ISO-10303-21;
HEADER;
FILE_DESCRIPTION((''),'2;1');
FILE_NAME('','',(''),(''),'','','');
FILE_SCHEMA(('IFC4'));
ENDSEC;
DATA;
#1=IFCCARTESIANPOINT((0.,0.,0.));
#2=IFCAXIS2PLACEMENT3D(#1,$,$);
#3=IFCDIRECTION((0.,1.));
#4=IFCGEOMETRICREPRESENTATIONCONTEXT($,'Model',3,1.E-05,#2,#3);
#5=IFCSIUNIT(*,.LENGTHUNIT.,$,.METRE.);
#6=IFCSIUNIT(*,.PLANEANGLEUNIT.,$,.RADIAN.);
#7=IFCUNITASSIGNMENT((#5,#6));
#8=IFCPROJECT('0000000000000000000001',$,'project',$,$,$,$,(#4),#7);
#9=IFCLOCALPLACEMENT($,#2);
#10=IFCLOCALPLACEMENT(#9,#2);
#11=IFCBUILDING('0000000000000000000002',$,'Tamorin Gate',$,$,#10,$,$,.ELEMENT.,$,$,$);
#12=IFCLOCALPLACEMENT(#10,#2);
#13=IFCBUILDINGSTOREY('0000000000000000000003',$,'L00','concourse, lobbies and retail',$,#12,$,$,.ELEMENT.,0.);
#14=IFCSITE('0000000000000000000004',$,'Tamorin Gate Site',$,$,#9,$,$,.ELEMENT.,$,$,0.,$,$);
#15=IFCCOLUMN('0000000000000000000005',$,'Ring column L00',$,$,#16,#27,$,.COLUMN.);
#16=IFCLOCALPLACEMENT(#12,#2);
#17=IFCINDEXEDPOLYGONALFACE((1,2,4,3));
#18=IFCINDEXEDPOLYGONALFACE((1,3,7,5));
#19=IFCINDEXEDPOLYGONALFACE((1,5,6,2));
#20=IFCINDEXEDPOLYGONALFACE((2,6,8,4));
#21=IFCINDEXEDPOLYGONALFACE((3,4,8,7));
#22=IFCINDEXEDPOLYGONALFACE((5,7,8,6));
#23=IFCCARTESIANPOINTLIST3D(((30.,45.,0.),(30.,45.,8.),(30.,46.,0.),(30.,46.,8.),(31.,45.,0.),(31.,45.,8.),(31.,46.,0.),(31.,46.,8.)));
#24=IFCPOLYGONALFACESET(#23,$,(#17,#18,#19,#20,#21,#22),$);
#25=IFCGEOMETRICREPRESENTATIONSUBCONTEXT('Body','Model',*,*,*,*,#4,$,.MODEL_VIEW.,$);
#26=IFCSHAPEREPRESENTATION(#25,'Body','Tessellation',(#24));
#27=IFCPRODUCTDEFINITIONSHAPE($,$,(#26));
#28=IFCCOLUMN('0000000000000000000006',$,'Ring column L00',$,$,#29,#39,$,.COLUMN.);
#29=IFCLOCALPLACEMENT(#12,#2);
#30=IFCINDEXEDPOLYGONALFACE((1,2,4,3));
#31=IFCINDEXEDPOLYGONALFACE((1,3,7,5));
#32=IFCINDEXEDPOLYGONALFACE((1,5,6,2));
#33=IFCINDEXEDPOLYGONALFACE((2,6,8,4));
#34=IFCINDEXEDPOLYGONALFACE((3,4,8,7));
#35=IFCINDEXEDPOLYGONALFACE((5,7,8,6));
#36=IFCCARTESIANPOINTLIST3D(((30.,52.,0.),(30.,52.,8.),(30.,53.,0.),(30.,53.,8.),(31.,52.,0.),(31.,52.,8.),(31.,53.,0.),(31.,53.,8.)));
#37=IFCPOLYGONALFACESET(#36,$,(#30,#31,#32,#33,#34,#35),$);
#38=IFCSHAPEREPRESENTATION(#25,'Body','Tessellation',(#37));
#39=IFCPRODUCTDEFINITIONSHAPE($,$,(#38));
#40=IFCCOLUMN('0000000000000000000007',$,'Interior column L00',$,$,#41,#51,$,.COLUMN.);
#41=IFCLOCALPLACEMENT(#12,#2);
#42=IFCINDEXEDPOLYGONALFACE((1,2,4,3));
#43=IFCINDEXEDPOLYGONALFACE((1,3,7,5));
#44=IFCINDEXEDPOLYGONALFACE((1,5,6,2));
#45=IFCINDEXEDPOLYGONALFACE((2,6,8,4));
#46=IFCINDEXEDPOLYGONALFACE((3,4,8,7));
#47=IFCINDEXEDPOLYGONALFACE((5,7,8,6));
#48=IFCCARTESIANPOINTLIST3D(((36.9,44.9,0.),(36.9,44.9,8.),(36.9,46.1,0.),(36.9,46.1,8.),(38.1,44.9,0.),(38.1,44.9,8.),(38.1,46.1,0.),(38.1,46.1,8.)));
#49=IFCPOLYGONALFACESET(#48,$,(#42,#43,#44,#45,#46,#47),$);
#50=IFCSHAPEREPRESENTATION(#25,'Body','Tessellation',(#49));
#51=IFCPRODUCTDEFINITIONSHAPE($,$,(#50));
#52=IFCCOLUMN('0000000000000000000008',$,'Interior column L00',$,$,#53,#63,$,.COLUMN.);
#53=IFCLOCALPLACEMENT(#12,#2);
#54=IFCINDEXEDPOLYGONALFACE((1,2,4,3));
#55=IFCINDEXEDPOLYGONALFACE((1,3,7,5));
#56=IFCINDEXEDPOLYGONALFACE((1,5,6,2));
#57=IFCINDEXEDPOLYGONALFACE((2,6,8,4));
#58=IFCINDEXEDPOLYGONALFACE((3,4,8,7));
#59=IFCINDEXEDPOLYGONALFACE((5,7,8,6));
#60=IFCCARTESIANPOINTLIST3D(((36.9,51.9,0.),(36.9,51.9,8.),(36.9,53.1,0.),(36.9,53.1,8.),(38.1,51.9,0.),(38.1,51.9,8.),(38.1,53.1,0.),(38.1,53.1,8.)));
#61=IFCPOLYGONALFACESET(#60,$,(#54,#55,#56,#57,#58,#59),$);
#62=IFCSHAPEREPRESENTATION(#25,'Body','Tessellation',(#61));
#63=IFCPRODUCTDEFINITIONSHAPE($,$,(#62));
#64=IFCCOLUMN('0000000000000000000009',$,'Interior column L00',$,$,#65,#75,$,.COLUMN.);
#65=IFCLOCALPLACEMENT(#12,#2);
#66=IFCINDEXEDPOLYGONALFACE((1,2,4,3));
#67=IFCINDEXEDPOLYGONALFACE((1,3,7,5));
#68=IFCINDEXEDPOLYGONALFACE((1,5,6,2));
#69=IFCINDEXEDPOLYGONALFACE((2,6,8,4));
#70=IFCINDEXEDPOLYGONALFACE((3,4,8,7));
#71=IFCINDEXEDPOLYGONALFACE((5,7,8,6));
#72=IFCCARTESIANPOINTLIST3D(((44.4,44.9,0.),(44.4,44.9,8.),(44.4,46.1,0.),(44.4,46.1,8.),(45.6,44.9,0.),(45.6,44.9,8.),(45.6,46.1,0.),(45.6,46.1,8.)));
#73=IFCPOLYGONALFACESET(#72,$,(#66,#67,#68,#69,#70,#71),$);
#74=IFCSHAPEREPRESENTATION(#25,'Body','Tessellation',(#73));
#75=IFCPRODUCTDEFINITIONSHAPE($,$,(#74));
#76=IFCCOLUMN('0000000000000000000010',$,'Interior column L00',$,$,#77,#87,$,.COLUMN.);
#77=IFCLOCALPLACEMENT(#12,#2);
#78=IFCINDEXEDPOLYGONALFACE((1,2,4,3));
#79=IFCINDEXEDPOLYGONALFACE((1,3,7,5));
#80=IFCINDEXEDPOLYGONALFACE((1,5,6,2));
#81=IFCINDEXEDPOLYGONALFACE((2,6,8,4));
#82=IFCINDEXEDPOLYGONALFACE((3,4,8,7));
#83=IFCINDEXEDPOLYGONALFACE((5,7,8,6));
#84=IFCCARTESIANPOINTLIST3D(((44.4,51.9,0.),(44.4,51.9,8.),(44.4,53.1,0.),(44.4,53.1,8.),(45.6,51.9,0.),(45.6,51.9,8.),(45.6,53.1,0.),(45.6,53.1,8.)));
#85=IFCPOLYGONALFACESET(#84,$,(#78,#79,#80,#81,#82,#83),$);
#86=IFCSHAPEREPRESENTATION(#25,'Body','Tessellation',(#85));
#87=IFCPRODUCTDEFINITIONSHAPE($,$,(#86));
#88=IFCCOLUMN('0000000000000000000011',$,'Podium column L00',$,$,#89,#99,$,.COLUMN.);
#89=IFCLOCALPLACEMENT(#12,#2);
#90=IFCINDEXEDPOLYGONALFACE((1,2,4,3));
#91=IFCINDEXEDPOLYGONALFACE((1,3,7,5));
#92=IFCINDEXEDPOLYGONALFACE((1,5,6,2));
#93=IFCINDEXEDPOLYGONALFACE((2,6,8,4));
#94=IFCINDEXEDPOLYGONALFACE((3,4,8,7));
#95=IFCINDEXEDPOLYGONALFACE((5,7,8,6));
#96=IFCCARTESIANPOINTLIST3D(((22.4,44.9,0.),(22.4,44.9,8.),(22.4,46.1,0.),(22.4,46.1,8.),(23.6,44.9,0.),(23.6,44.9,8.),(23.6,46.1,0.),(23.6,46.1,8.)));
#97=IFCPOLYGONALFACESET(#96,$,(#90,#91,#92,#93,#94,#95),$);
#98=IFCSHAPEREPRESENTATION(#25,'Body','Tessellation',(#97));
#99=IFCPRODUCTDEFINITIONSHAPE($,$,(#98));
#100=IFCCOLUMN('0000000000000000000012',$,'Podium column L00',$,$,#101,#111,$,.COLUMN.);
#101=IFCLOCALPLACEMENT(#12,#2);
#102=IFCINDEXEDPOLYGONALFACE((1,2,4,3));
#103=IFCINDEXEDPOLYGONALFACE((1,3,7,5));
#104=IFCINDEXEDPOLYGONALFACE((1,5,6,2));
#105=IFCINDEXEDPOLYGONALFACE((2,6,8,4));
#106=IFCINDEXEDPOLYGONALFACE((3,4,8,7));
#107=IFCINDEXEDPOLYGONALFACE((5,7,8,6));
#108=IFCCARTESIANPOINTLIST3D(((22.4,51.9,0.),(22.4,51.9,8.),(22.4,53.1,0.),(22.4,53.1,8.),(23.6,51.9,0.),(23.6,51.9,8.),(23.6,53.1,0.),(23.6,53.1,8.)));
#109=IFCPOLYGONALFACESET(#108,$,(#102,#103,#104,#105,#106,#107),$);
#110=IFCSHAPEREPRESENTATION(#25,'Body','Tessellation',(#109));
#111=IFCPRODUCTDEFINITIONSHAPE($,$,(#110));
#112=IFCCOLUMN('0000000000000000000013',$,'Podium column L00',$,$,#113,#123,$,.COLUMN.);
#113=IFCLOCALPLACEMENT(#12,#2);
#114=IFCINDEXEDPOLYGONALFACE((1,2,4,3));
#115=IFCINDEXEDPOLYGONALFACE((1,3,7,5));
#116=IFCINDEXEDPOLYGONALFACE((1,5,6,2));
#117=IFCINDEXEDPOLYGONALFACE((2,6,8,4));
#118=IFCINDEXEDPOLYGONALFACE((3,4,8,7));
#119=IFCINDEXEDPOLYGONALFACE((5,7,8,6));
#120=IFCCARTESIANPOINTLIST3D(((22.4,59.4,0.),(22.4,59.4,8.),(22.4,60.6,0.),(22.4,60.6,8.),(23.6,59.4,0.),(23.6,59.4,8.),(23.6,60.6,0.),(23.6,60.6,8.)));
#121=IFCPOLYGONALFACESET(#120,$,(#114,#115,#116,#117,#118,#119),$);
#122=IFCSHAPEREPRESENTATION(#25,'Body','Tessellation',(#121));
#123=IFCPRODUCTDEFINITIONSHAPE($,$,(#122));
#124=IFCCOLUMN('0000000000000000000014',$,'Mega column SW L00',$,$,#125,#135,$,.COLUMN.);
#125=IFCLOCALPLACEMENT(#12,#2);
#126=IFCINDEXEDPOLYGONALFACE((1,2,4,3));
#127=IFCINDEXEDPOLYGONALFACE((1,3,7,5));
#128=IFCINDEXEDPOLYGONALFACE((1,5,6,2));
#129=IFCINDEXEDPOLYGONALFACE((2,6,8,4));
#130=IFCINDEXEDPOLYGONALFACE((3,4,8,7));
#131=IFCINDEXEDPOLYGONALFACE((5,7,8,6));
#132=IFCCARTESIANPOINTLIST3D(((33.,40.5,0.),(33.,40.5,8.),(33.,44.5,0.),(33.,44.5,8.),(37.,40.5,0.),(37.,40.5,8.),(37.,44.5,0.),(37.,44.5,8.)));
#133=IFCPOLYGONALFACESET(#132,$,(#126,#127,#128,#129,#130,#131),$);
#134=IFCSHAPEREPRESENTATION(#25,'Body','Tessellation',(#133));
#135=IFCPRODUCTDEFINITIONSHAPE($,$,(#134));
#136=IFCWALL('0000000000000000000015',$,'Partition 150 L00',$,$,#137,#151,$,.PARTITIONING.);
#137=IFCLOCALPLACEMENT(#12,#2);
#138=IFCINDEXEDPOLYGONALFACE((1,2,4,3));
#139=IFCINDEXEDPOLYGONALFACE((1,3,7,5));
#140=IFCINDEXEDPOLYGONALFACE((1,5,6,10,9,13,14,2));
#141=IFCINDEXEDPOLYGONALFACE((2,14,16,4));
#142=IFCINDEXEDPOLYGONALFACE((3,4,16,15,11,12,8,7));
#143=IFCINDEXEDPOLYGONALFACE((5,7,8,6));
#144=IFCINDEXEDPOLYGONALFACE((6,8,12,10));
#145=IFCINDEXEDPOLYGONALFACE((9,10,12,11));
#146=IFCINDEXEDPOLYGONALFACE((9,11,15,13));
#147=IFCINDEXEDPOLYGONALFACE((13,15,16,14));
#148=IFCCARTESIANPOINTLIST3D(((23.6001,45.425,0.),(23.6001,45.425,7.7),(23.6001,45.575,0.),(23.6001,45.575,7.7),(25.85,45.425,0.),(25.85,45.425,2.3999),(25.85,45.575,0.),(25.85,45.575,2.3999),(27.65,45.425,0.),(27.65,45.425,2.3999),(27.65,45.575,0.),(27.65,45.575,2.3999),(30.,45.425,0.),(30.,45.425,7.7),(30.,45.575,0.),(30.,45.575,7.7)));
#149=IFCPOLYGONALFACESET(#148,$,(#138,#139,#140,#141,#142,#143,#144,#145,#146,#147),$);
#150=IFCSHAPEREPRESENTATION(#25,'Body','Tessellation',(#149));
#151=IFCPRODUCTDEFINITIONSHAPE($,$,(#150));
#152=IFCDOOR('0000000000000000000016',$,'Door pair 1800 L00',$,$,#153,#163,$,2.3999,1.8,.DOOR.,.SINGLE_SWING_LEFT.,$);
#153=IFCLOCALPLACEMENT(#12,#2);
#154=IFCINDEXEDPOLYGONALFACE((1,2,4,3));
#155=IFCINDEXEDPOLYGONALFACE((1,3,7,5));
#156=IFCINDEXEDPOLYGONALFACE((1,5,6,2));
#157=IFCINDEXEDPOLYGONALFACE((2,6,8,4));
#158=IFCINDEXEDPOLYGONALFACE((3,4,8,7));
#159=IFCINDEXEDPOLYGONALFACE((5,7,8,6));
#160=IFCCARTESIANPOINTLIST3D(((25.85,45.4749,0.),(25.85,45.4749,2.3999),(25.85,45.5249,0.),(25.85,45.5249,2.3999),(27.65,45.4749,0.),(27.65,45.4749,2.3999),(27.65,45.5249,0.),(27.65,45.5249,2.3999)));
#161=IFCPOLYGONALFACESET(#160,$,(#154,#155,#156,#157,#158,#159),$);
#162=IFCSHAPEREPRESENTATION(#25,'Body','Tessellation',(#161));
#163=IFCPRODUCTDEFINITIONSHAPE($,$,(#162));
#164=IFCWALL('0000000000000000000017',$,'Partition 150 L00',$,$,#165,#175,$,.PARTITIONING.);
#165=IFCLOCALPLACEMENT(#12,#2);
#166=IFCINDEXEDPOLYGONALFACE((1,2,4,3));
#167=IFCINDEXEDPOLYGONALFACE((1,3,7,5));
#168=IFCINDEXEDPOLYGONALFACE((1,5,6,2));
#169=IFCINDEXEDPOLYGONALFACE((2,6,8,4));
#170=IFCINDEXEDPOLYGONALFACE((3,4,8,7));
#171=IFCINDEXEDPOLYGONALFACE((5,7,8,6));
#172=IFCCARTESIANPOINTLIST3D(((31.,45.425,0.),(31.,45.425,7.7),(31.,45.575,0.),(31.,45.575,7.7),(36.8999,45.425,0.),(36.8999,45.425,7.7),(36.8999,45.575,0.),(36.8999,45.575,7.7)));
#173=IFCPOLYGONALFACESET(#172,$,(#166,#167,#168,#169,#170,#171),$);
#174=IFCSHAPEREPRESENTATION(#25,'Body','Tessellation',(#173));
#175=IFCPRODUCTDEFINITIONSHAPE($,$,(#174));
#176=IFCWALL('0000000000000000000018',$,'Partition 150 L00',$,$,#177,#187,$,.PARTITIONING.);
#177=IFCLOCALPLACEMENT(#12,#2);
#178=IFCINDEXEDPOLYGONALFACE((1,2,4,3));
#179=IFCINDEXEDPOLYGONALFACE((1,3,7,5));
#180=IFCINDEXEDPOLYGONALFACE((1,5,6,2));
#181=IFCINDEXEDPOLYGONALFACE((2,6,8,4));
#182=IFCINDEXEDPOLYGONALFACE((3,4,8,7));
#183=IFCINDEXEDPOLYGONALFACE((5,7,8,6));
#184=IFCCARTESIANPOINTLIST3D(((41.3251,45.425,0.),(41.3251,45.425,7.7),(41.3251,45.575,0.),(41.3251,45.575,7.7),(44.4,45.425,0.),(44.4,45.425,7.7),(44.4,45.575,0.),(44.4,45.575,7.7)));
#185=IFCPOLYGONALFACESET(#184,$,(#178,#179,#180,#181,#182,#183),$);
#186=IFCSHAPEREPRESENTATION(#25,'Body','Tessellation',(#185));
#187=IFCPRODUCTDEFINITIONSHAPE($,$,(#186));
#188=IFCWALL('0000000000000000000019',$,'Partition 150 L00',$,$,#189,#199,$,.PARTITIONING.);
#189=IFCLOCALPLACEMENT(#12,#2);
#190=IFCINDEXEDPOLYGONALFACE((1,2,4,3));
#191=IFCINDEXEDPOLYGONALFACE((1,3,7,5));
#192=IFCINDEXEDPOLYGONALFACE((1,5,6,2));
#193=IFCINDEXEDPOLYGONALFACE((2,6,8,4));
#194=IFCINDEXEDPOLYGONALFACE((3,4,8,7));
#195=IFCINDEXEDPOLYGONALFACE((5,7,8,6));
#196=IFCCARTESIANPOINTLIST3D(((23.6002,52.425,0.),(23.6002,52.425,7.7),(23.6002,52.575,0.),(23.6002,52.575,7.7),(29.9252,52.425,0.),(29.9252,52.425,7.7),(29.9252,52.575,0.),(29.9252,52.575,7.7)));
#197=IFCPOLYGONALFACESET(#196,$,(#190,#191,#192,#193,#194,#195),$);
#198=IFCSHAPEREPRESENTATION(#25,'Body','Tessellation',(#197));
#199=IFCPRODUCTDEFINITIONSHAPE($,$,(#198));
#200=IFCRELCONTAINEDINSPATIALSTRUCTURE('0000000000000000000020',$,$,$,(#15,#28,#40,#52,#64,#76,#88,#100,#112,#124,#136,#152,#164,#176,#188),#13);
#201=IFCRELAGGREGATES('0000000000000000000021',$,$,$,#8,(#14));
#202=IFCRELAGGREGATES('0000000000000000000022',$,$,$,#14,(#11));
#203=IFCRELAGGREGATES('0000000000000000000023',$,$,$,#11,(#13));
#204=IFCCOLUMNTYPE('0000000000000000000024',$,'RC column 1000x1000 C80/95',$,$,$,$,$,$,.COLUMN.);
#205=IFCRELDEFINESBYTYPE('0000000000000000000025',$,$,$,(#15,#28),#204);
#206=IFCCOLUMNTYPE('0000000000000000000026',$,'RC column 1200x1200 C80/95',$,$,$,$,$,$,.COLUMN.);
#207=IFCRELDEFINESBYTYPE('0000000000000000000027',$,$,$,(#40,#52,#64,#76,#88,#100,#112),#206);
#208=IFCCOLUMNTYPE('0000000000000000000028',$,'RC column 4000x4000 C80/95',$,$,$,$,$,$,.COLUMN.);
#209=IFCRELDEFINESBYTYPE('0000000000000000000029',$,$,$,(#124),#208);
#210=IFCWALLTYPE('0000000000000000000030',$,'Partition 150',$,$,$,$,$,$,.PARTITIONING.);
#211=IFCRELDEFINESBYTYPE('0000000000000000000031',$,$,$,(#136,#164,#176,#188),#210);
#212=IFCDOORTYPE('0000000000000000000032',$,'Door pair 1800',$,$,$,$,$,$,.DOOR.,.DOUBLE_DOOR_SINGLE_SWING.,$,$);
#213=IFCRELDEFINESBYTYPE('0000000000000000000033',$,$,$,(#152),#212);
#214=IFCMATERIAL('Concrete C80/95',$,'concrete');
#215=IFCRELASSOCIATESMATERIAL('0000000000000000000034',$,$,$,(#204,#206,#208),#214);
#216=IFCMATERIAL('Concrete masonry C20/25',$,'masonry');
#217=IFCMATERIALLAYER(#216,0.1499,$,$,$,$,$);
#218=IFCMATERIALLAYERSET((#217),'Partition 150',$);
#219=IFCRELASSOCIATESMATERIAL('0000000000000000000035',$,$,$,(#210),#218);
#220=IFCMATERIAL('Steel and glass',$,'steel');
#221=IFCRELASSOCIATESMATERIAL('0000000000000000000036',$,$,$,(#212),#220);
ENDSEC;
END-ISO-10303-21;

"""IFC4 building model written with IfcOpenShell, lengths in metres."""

from ifc_helpers import new_model, si_unit, direction, frame, frame_2d, origin, origin_2d, place, context, subcontext, project, spatial, rectangle, extrude, material, layer, layer_set, material_profile, profile_set, type_object, element, fill, save


model = new_model("IFC4")

# Units and contexts
model_context = context("Model", 3, precision=1e-05, world=origin(), true_north=direction((0.0, 1.0)))
body_context = subcontext(model_context, "Body", "Model", "MODEL_VIEW")
ifc_project = project(units=[si_unit("LENGTHUNIT", "METRE"), si_unit("PLANEANGLEUNIT", "RADIAN")], contexts=[model_context])

# Site, building, storey
site_placement = place(None, origin())
site = spatial("IfcSite", under=ifc_project, at=site_placement, Name="Tamorin Gate Site", CompositionType="ELEMENT", RefElevation=0.0)
building_placement = place(site_placement, origin())
building = spatial("IfcBuilding", under=site, at=building_placement, Name="Tamorin Gate", CompositionType="ELEMENT")
storey_placement = place(building_placement, origin())
storey = spatial("IfcBuildingStorey", under=building, at=storey_placement, Name="L00", Description="concourse, lobbies and retail", CompositionType="ELEMENT", Elevation=0.0)

# Columns
ifc_material_1 = material(Name="Concrete C80/95", Category="concrete")
ifc_material_profile_1 = material_profile(ifc_material_1, rectangle(XDim=1.0, YDim=1.0, at=origin_2d()), Name="RC 1000x1000")
ifc_profile_set_1 = profile_set([ifc_material_profile_1], Name="Concrete C80/95")
column_type_1 = type_object("IfcColumnType", Name="RC column 1000x1000 C80/95", PredefinedType="COLUMN", material=ifc_profile_set_1)
for number, where, z_axis, x_axis, name in (
    (1, (30.5, 45.5, 0.0), (0.0, 0.0, 1.0), (1.0, 0.0, 0.0), "Ring column L00"),
    (2, (30.5, 52.5, 0.0), (0.0, 0.0, 1.0), (1.0, 0.0, 0.0), "Ring column L00"),
):
    element("IfcColumn", number, at=place(storey_placement, frame(where, z_axis=z_axis, x_axis=x_axis)), inside=storey, type_object=column_type_1, Name=name, PredefinedType="COLUMN", context=body_context, shape_type="SweptSolid", body=[
        extrude(rectangle(XDim=1.0, YDim=1.0, at=origin_2d()), origin(), (0.0, 0.0, 1.0), 8.0),
    ])
ifc_material_profile_2 = material_profile(ifc_material_1, rectangle(XDim=1.2, YDim=1.2, at=origin_2d()), Name="RC 1200x1200")
ifc_profile_set_2 = profile_set([ifc_material_profile_2], Name="Concrete C80/95")
column_type_2 = type_object("IfcColumnType", Name="RC column 1200x1200 C80/95", PredefinedType="COLUMN", material=ifc_profile_set_2)
for number, where, z_axis, x_axis, name in (
    (3, (37.5, 45.5, 0.0), (0.0, 0.0, 1.0), (1.0, 0.0, 0.0), "Interior column L00"),
    (4, (37.5, 52.5, 0.0), (0.0, 0.0, 1.0), (1.0, 0.0, 0.0), "Interior column L00"),
    (5, (45.0, 45.5, 0.0), (0.0, 0.0, 1.0), (1.0, 0.0, 0.0), "Interior column L00"),
    (6, (45.0, 52.5, 0.0), (0.0, 0.0, 1.0), (1.0, 0.0, 0.0), "Interior column L00"),
    (7, (23.0, 45.5, 0.0), (0.0, 0.0, 1.0), (1.0, 0.0, 0.0), "Podium column L00"),
    (8, (23.0, 52.5, 0.0), (0.0, 0.0, 1.0), (1.0, 0.0, 0.0), "Podium column L00"),
    (9, (23.0, 60.0, 0.0), (0.0, 0.0, 1.0), (1.0, 0.0, 0.0), "Podium column L00"),
):
    element("IfcColumn", number, at=place(storey_placement, frame(where, z_axis=z_axis, x_axis=x_axis)), inside=storey, type_object=column_type_2, Name=name, PredefinedType="COLUMN", context=body_context, shape_type="SweptSolid", body=[
        extrude(rectangle(XDim=1.2, YDim=1.2, at=origin_2d()), origin(), (0.0, 0.0, 1.0), 8.0),
    ])
ifc_material_profile_3 = material_profile(ifc_material_1, rectangle(XDim=4.0, YDim=4.0, at=origin_2d()), Name="RC 4000x4000")
ifc_profile_set_3 = profile_set([ifc_material_profile_3], Name="Concrete C80/95")
column_type_3 = type_object("IfcColumnType", Name="RC column 4000x4000 C80/95", PredefinedType="COLUMN", material=ifc_profile_set_3)
column_placement = place(storey_placement, frame((35.0, 42.5, 0.0), z_axis=(0.0, 0.0, 1.0), x_axis=(1.0, 0.0, 0.0)))
element("IfcColumn", 10, at=column_placement, inside=storey, type_object=column_type_3, Name="Mega column SW L00", PredefinedType="COLUMN", context=body_context, shape_type="SweptSolid", body=[
    extrude(rectangle(XDim=4.0, YDim=4.0, at=origin_2d()), origin(), (0.0, 0.0, 1.0), 8.0),
])

# Wall, opening, door
ifc_material_2 = material(Name="Concrete masonry C20/25", Category="masonry")
ifc_layer_1 = layer(ifc_material_2, 0.1499)
ifc_layer_set_1 = layer_set([ifc_layer_1], Name="Partition 150")
wall_type_1 = type_object("IfcWallType", Name="Partition 150", PredefinedType="PARTITIONING", material=ifc_layer_set_1)
wall_1_placement = place(storey_placement, frame((23.6001, 45.5, 0.0), z_axis=(0.0, 0.0, 1.0), x_axis=(1.0, 0.0, 0.0)))
wall_1 = element("IfcWall", 11, at=wall_1_placement, inside=storey, type_object=wall_type_1, Name="Partition 150 L00", PredefinedType="PARTITIONING", context=body_context, shape_type="SweptSolid", body=[
    extrude(rectangle(XDim=6.3999, YDim=0.1499, at=frame_2d((3.2, 0.0))), origin(), (0.0, 0.0, 1.0), 7.7),
])
opening_1_placement = place(wall_1_placement, frame((2.25, 0.0, 0.0)))
opening_1 = element("IfcOpeningElement", 12, at=opening_1_placement, cuts=wall_1, PredefinedType="OPENING", context=body_context, shape_type="SweptSolid", body=[
    extrude(rectangle(XDim=1.8, YDim=2.3999, at=frame_2d((0.8999, 1.2))), frame((0.0, 0.085, 0.0), z_axis=(0.0, -1.0, 0.0), x_axis=(1.0, 0.0, 0.0)), (0.0, 0.0, 1.0), 0.1699),
])
ifc_material_3 = material(Name="Steel and glass", Category="steel")
door_type_1 = type_object("IfcDoorType", Name="Door pair 1800", OperationType="DOUBLE_DOOR_SINGLE_SWING", PredefinedType="DOOR", material=ifc_material_3)
door_1_placement = place(opening_1_placement, origin())
door_1 = element("IfcDoor", 13, at=door_1_placement, inside=storey, type_object=door_type_1, Name="Door pair 1800 L00", OperationType="SINGLE_SWING_LEFT", OverallHeight=2.3999, OverallWidth=1.8, PredefinedType="DOOR", context=body_context, shape_type="SweptSolid", body=[
    extrude(rectangle(XDim=1.8, YDim=2.3999, at=frame_2d((0.8999, 1.2))), frame((0.0, 0.0249, 0.0), z_axis=(0.0, -1.0, 0.0), x_axis=(1.0, 0.0, 0.0)), (0.0, 0.0, 1.0), 0.05),
])
fill(opening_1, door_1)

# Wall
wall_2_placement = place(storey_placement, frame((31.0, 45.5, 0.0), z_axis=(0.0, 0.0, 1.0), x_axis=(1.0, 0.0, 0.0)))
element("IfcWall", 14, at=wall_2_placement, inside=storey, type_object=wall_type_1, Name="Partition 150 L00", PredefinedType="PARTITIONING", context=body_context, shape_type="SweptSolid", body=[
    extrude(rectangle(XDim=5.8999, YDim=0.1499, at=frame_2d((2.95, 0.0))), origin(), (0.0, 0.0, 1.0), 7.7),
])

# Walls
wall_3_placement = place(storey_placement, frame((41.325, 45.5, 0.0), z_axis=(0.0, 0.0, 1.0), x_axis=(1.0, 0.0, 0.0)))
element("IfcWall", 15, at=wall_3_placement, inside=storey, type_object=wall_type_1, Name="Partition 150 L00", PredefinedType="PARTITIONING", context=body_context, shape_type="SweptSolid", body=[
    extrude(rectangle(XDim=3.075, YDim=0.1499, at=frame_2d((1.5376, 0.0))), origin(), (0.0, 0.0, 1.0), 7.7),
])
wall_4_placement = place(storey_placement, frame((23.6001, 52.5, 0.0), z_axis=(0.0, 0.0, 1.0), x_axis=(1.0, 0.0, 0.0)))
element("IfcWall", 16, at=wall_4_placement, inside=storey, type_object=wall_type_1, Name="Partition 150 L00", PredefinedType="PARTITIONING", context=body_context, shape_type="SweptSolid", body=[
    extrude(rectangle(XDim=6.325, YDim=0.1499, at=frame_2d((3.1626, 0.0))), origin(), (0.0, 0.0, 1.0), 7.7),
])

save(model, "model.ifc")
